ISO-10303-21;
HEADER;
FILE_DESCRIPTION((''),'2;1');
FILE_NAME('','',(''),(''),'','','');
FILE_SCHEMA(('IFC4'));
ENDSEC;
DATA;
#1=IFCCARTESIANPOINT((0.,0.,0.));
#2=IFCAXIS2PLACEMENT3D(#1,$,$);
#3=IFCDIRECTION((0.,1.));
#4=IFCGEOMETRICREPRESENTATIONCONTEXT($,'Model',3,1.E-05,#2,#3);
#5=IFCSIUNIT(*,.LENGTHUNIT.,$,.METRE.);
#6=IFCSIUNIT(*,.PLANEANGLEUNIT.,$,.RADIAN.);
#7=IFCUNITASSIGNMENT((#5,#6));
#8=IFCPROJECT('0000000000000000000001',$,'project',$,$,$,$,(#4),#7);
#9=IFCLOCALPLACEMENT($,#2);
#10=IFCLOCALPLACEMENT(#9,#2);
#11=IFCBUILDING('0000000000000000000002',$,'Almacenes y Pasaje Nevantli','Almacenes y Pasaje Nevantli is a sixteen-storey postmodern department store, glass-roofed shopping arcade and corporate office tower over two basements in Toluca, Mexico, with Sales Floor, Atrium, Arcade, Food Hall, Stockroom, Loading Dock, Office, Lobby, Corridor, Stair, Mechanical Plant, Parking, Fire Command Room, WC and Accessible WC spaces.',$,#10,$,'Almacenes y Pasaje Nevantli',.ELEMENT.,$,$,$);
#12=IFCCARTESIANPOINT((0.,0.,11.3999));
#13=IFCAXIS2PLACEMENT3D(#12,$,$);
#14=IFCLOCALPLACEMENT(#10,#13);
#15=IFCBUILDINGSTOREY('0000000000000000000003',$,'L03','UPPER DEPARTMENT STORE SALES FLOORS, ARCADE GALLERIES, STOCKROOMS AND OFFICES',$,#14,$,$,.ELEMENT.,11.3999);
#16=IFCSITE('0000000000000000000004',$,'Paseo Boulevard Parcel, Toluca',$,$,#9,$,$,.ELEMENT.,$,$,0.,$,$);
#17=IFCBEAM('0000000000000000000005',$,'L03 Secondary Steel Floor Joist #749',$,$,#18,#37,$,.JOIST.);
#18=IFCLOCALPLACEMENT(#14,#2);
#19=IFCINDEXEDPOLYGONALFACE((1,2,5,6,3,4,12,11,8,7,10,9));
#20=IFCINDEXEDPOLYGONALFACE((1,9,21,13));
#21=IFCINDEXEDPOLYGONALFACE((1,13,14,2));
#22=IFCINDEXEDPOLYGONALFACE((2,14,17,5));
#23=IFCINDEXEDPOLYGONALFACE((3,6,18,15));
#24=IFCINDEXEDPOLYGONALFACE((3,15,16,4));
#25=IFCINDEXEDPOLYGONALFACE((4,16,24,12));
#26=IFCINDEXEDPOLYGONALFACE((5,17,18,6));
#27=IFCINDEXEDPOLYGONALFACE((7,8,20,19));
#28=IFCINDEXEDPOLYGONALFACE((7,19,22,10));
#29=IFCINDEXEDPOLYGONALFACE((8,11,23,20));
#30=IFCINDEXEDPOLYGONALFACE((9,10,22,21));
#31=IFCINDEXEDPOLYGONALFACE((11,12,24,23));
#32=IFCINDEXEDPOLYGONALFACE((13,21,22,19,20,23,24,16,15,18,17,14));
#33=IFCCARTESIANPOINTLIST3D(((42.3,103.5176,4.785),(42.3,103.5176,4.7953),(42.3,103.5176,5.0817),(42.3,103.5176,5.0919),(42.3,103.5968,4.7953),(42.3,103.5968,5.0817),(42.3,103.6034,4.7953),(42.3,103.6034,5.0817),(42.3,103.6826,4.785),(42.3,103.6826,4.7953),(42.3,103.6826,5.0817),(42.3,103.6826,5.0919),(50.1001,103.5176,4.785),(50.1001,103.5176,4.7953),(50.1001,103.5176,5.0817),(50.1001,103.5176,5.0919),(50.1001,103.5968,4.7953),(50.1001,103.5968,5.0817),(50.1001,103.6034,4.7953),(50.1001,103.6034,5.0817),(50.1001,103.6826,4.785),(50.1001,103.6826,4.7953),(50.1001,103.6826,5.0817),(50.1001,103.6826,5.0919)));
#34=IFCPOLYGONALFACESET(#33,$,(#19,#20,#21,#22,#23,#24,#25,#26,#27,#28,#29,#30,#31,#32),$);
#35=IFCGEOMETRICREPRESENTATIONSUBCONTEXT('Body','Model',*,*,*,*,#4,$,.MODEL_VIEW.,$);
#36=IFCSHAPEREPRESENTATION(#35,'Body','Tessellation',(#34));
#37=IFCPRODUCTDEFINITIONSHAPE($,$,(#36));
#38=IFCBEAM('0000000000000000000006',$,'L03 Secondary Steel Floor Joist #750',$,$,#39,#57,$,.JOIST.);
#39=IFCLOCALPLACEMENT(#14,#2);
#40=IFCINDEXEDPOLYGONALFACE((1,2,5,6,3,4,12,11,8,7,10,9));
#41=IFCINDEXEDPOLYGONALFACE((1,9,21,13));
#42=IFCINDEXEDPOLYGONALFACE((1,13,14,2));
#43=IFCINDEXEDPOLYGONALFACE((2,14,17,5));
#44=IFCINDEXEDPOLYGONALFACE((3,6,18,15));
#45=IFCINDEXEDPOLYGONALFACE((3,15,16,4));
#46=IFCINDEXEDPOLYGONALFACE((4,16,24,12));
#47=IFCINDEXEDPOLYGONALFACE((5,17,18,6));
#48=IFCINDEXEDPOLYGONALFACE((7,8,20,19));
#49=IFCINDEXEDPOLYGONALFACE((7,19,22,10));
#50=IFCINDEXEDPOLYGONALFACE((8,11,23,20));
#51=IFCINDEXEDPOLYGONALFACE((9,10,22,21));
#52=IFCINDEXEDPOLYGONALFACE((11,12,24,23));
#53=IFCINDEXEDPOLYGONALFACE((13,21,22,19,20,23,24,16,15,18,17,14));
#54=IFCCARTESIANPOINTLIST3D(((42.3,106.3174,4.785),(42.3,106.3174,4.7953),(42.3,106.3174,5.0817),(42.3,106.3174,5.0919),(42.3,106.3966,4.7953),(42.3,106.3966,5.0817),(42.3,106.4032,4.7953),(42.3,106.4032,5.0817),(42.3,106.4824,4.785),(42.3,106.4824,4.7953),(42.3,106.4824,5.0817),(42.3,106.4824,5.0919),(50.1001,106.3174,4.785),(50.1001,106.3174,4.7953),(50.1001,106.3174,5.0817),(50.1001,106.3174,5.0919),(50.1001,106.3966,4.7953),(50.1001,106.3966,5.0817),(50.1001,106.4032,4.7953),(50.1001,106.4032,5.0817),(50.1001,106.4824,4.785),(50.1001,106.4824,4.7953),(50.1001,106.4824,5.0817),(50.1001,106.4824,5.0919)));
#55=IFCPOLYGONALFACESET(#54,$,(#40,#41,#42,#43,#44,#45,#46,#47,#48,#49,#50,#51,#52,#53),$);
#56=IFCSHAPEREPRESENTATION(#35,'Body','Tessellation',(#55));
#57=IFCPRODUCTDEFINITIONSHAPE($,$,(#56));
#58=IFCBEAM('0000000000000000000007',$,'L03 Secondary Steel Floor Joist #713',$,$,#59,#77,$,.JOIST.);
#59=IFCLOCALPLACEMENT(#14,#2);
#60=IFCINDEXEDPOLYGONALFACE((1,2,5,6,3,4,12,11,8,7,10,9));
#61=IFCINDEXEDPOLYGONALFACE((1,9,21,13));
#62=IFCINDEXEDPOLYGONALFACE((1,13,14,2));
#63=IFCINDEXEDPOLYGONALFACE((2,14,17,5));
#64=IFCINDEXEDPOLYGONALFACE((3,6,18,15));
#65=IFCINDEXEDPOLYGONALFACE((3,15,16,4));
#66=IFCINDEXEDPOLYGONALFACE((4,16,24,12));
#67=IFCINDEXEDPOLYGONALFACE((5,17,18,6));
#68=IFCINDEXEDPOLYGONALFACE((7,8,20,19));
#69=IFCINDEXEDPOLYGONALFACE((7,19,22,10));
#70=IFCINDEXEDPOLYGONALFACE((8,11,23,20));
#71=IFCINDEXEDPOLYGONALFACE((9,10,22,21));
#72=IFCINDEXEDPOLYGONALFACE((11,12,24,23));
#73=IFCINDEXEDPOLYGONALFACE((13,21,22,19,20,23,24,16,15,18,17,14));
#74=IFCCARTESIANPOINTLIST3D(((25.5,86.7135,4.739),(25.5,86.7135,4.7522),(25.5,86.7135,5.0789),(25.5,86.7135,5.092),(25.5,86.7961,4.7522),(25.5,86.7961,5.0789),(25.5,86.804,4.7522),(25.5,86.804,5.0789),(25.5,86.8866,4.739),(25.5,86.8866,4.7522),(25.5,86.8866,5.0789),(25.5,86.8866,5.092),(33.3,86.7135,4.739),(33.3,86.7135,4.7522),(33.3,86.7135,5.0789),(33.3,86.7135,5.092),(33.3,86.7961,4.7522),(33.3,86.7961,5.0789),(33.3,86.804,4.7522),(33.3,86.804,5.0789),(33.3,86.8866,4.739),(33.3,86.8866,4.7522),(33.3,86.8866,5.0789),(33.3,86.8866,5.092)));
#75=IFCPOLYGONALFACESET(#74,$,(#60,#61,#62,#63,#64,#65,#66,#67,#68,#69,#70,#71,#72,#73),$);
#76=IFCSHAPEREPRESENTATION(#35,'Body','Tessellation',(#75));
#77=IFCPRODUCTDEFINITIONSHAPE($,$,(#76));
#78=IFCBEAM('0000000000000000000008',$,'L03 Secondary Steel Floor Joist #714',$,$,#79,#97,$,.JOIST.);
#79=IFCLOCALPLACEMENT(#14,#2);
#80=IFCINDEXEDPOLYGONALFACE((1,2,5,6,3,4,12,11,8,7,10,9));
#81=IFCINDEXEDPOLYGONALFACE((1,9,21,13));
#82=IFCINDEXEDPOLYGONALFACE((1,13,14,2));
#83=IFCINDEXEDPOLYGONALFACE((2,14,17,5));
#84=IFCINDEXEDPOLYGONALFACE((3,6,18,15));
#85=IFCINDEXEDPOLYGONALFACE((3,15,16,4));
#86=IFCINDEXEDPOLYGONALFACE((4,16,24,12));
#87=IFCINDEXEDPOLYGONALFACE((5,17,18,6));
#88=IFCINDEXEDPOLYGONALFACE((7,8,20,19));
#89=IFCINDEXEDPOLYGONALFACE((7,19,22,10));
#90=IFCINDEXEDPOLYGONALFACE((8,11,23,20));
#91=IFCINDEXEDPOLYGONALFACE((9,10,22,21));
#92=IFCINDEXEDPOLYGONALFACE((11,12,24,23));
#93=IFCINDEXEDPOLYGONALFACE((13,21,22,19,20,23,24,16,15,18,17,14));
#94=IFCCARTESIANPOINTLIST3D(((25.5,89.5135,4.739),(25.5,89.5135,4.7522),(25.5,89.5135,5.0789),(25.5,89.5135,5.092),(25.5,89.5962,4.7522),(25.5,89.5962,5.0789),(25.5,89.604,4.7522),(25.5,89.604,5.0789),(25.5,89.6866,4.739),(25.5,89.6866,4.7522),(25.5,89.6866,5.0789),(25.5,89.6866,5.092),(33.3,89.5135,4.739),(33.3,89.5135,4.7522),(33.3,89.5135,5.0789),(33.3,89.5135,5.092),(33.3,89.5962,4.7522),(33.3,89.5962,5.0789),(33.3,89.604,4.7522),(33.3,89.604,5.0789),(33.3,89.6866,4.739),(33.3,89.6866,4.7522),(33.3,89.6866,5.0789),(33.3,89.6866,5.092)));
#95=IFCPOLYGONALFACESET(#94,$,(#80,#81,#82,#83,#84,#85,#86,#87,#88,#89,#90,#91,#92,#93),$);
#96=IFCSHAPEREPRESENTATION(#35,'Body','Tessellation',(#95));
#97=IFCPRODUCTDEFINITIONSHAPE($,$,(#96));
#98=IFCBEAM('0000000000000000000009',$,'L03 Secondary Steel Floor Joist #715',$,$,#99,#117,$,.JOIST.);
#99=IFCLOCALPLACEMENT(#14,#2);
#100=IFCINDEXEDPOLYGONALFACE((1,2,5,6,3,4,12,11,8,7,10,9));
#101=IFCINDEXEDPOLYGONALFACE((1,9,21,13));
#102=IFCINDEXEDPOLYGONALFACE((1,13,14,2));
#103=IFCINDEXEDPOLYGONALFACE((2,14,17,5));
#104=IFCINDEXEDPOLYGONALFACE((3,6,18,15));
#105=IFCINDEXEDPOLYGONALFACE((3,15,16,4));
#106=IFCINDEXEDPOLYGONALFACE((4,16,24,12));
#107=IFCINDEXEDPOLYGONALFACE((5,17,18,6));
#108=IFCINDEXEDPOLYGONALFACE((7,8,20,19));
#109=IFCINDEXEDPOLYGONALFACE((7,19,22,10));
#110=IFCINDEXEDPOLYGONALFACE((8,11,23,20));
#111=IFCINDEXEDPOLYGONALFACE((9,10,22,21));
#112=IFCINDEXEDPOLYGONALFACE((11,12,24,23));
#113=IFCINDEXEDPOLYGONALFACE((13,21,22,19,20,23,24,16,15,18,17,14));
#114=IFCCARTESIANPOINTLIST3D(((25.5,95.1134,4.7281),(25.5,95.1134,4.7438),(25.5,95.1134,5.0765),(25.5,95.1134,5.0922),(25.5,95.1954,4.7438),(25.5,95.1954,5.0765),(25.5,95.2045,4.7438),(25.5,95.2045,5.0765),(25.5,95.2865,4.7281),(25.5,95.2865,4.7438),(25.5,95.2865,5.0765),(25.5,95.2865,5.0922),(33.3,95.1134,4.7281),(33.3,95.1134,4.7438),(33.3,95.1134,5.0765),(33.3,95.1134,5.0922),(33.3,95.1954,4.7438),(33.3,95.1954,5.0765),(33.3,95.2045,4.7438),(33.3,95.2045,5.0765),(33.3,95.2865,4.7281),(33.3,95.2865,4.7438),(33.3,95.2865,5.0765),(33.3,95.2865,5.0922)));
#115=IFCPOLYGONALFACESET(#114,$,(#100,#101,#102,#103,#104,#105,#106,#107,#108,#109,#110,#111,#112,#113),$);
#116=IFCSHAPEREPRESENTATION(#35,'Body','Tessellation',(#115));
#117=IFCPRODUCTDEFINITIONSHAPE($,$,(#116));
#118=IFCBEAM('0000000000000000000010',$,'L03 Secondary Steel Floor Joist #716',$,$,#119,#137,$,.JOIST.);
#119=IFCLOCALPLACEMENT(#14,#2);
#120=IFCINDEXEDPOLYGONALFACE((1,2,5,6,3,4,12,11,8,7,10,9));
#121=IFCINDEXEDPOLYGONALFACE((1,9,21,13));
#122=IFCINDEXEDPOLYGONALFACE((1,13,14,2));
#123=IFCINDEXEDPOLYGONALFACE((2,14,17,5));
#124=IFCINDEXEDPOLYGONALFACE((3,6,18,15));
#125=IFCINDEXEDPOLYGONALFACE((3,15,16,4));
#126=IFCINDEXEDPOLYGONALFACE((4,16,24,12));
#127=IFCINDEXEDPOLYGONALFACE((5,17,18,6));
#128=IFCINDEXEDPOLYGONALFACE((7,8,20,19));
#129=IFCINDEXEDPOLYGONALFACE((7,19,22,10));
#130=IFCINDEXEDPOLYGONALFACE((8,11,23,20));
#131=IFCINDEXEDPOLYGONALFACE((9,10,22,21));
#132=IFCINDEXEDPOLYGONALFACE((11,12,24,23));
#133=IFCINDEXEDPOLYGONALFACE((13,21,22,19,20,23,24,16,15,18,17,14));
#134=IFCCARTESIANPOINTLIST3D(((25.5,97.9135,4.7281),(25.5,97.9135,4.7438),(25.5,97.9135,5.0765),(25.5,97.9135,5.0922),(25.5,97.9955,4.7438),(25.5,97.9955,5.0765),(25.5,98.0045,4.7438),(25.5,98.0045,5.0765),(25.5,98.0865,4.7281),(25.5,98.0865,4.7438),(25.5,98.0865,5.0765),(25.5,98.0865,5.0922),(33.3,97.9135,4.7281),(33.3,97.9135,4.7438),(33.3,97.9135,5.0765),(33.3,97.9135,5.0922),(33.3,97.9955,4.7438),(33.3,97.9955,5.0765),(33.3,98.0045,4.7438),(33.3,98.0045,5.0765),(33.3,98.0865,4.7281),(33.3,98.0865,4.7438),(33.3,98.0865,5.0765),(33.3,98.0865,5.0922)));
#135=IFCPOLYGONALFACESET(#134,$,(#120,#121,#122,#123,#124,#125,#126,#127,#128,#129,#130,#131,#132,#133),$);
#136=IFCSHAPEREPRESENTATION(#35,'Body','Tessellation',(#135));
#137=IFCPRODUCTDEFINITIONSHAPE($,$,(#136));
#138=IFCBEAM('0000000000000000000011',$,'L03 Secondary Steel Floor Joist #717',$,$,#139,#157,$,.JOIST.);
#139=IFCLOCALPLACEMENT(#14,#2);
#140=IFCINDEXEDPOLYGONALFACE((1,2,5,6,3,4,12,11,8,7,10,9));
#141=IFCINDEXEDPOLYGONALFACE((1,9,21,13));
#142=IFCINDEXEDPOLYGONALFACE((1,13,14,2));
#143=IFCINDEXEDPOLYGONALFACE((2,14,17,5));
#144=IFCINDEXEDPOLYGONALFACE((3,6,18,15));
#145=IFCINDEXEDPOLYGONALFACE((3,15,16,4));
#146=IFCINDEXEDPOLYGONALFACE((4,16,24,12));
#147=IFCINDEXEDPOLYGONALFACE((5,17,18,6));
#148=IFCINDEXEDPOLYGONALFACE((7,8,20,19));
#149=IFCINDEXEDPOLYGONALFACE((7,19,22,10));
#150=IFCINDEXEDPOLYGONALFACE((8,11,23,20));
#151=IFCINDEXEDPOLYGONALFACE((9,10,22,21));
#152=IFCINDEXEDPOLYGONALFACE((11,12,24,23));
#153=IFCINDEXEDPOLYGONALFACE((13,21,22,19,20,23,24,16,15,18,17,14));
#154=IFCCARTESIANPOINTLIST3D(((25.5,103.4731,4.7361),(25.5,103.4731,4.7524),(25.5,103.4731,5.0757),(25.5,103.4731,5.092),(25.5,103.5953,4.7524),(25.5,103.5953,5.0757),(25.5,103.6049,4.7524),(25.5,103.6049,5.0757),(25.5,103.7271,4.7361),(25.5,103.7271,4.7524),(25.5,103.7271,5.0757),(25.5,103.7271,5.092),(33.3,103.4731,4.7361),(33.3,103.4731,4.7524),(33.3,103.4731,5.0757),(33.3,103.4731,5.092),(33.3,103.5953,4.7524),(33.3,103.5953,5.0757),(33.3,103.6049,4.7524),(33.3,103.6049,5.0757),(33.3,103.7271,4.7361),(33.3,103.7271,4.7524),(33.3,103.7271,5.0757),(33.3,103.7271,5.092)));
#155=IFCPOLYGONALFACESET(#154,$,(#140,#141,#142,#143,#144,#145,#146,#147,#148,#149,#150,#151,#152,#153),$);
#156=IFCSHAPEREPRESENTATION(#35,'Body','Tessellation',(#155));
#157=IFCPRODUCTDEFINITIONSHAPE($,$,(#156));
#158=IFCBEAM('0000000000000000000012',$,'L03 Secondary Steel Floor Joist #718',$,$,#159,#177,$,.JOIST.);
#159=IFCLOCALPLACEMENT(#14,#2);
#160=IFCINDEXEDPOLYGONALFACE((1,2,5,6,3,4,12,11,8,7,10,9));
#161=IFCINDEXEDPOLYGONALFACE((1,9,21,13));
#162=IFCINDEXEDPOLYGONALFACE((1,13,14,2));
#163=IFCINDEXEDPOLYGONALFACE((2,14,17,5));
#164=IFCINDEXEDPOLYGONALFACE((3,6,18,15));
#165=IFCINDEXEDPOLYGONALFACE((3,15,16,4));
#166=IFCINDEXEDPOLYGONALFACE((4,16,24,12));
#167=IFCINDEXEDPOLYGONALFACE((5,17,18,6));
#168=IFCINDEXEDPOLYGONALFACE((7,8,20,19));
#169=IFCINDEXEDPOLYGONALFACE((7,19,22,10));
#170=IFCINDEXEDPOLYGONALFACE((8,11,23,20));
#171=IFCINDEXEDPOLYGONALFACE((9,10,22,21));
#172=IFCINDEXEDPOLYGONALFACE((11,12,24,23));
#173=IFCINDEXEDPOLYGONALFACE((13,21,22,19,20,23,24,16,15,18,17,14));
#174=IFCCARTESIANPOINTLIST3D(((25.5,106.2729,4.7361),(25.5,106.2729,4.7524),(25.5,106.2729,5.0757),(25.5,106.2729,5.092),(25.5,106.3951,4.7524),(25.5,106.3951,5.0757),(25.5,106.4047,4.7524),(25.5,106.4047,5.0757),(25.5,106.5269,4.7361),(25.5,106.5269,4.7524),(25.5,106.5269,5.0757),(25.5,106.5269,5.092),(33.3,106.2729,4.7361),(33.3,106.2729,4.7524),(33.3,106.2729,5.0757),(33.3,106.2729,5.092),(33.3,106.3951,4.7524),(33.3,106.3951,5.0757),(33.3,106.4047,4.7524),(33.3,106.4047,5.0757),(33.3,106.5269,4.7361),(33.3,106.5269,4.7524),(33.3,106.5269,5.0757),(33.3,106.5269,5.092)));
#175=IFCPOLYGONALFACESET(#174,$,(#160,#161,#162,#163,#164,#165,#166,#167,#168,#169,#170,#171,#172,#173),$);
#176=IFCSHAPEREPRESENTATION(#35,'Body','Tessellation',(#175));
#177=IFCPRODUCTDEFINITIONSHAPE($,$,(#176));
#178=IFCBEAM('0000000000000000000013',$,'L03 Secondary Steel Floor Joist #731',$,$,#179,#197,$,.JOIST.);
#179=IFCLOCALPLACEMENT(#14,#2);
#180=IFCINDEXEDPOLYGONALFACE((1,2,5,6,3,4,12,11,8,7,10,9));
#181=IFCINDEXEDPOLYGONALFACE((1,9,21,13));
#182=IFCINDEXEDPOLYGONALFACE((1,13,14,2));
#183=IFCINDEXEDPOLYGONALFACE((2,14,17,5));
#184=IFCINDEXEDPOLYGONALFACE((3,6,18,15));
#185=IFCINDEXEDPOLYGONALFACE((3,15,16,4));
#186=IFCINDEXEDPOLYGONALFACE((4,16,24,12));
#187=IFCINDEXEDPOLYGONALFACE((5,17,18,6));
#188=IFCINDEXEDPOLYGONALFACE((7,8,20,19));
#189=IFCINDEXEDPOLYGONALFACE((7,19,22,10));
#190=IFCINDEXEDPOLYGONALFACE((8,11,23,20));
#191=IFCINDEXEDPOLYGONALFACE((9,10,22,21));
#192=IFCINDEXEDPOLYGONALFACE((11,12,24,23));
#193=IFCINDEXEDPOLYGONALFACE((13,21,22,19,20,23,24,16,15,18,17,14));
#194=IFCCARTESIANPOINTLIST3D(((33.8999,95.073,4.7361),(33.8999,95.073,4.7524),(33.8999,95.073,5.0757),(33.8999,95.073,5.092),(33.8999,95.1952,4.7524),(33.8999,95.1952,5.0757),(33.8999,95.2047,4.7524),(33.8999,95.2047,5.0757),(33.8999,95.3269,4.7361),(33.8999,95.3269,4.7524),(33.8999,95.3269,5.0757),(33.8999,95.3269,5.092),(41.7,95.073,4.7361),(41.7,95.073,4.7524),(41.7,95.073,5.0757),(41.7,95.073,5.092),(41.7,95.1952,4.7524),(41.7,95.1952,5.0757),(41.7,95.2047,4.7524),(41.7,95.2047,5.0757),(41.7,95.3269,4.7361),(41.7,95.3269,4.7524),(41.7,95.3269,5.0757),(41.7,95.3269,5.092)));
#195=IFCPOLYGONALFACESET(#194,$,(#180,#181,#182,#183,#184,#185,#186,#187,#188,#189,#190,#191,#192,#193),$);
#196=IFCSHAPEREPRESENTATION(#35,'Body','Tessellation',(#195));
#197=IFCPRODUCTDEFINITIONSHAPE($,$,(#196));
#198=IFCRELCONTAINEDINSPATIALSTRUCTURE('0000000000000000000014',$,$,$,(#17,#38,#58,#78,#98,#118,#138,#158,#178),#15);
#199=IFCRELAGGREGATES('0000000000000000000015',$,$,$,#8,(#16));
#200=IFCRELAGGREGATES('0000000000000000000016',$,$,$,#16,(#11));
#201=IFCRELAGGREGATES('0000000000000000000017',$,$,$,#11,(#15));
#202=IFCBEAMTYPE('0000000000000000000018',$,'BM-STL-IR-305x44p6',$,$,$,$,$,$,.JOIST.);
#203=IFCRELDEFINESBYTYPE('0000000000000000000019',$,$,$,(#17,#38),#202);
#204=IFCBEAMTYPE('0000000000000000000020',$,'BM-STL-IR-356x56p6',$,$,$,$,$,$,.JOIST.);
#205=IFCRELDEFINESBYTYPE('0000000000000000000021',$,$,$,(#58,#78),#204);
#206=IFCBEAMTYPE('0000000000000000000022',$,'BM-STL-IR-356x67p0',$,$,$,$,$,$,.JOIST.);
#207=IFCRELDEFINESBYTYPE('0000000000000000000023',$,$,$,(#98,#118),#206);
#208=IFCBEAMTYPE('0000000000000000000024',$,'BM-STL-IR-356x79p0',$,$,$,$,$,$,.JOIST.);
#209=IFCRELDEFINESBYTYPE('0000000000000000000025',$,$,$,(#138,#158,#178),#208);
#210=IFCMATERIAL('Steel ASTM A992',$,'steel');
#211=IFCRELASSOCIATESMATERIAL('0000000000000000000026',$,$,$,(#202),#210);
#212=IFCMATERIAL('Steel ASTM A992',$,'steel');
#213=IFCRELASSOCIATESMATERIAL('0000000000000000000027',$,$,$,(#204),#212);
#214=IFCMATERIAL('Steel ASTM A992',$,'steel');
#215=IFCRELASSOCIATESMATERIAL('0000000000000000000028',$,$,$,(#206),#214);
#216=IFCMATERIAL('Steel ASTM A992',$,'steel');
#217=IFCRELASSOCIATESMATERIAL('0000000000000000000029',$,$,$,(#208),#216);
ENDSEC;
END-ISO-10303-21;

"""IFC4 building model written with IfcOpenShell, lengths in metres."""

from ifc_helpers import new_model, si_unit, direction, frame, origin, origin_2d, place, context, subcontext, project, spatial, i_section, extrude, material, material_profile, profile_set, type_object, element, save


model = new_model("IFC4")

# Units and contexts
model_context = context("Model", 3, precision=1e-05, world=origin(), true_north=direction((0.0, 1.0)))
body_context = subcontext(model_context, "Body", "Model", "MODEL_VIEW")
ifc_project = project(units=[si_unit("LENGTHUNIT", "METRE"), si_unit("PLANEANGLEUNIT", "RADIAN")], contexts=[model_context])

# Site, building, storey
site_placement = place(None, origin())
site = spatial("IfcSite", under=ifc_project, at=site_placement, Name="Paseo Boulevard Parcel, Toluca", CompositionType="ELEMENT", RefElevation=0.0)
building_placement = place(site_placement, origin())
building = spatial("IfcBuilding", under=site, at=building_placement, Name="Almacenes y Pasaje Nevantli", Description="Almacenes y Pasaje Nevantli is a sixteen-storey postmodern department store, glass-roofed shopping arcade and corporate office tower over two basements in Toluca, Mexico, with Sales Floor, Atrium, Arcade, Food Hall, Stockroom, Loading Dock, Office, Lobby, Corridor, Stair, Mechanical Plant, Parking, Fire Command Room, WC and Accessible WC spaces.", LongName="Almacenes y Pasaje Nevantli", CompositionType="ELEMENT")
storey_placement = place(building_placement, frame((0.0, 0.0, 11.3999)))
storey = spatial("IfcBuildingStorey", under=building, at=storey_placement, Name="L03", Description="UPPER DEPARTMENT STORE SALES FLOORS, ARCADE GALLERIES, STOCKROOMS AND OFFICES", CompositionType="ELEMENT", Elevation=11.3999)

# Beams
ifc_material_1 = material(Name="Steel ASTM A992", Category="steel")
ifc_material_profile_1 = material_profile(ifc_material_1, i_section(OverallWidth=0.165, OverallDepth=0.3069, WebThickness=0.0066, FlangeThickness=0.0103, at=origin_2d()), Name="IR 305x44.6")
ifc_profile_set_1 = profile_set([ifc_material_profile_1], Name="Steel ASTM A992")
beam_type_1 = type_object("IfcBeamType", Name="BM-STL-IR-305x44p6", PredefinedType="JOIST", material=ifc_profile_set_1)
for number, where, z_axis, x_axis, name in (
    (1, (42.3, 103.6001, 4.9385), (1.0, 0.0, 0.0), (0.0, 1.0, 0.0), "L03 Secondary Steel Floor Joist #749"),
    (2, (42.3, 106.3999, 4.9385), (1.0, 0.0, 0.0), (0.0, 1.0, 0.0), "L03 Secondary Steel Floor Joist #750"),
):
    element("IfcBeam", number, at=place(storey_placement, frame(where, z_axis=z_axis, x_axis=x_axis)), inside=storey, type_object=beam_type_1, Name=name, PredefinedType="JOIST", context=body_context, shape_type="SweptSolid", body=[
        extrude(i_section(OverallWidth=0.165, OverallDepth=0.3069, WebThickness=0.0066, FlangeThickness=0.0103, at=origin_2d()), origin(), (0.0, 0.0, 1.0), 7.8),
    ])
ifc_material_2 = material(Name="Steel ASTM A992", Category="steel")
ifc_material_profile_2 = material_profile(ifc_material_2, i_section(OverallWidth=0.1731, OverallDepth=0.353, WebThickness=0.0078, FlangeThickness=0.0132, at=origin_2d()), Name="IR 356x56.6")
ifc_profile_set_2 = profile_set([ifc_material_profile_2], Name="Steel ASTM A992")
beam_type_2 = type_object("IfcBeamType", Name="BM-STL-IR-356x56p6", PredefinedType="JOIST", material=ifc_profile_set_2)
for number, where, z_axis, x_axis, name in (
    (3, (25.5, 86.8, 4.9155), (1.0, 0.0, 0.0), (0.0, 1.0, 0.0), "L03 Secondary Steel Floor Joist #713"),
    (4, (25.5, 89.6001, 4.9155), (1.0, 0.0, 0.0), (0.0, 1.0, 0.0), "L03 Secondary Steel Floor Joist #714"),
):
    element("IfcBeam", number, at=place(storey_placement, frame(where, z_axis=z_axis, x_axis=x_axis)), inside=storey, type_object=beam_type_2, Name=name, PredefinedType="JOIST", context=body_context, shape_type="SweptSolid", body=[
        extrude(i_section(OverallWidth=0.1731, OverallDepth=0.353, WebThickness=0.0078, FlangeThickness=0.0132, at=origin_2d()), origin(), (0.0, 0.0, 1.0), 7.8),
    ])
ifc_material_3 = material(Name="Steel ASTM A992", Category="steel")
ifc_material_profile_3 = material_profile(ifc_material_3, i_section(OverallWidth=0.1731, OverallDepth=0.364, WebThickness=0.009, FlangeThickness=0.0156, at=origin_2d()), Name="IR 356x67.0")
ifc_profile_set_3 = profile_set([ifc_material_profile_3], Name="Steel ASTM A992")
beam_type_3 = type_object("IfcBeamType", Name="BM-STL-IR-356x67p0", PredefinedType="JOIST", material=ifc_profile_set_3)
for number, where, z_axis, x_axis, name in (
    (5, (25.5, 95.2, 4.9102), (1.0, 0.0, 0.0), (0.0, 1.0, 0.0), "L03 Secondary Steel Floor Joist #715"),
    (6, (25.5, 98.0, 4.9102), (1.0, 0.0, 0.0), (0.0, 1.0, 0.0), "L03 Secondary Steel Floor Joist #716"),
):
    element("IfcBeam", number, at=place(storey_placement, frame(where, z_axis=z_axis, x_axis=x_axis)), inside=storey, type_object=beam_type_3, Name=name, PredefinedType="JOIST", context=body_context, shape_type="SweptSolid", body=[
        extrude(i_section(OverallWidth=0.1731, OverallDepth=0.364, WebThickness=0.009, FlangeThickness=0.0156, at=origin_2d()), origin(), (0.0, 0.0, 1.0), 7.8),
    ])
ifc_material_4 = material(Name="Steel ASTM A992", Category="steel")
ifc_material_profile_4 = material_profile(ifc_material_4, i_section(OverallWidth=0.2539, OverallDepth=0.356, WebThickness=0.0095, FlangeThickness=0.0164, at=origin_2d()), Name="IR 356x79.0")
ifc_profile_set_4 = profile_set([ifc_material_profile_4], Name="Steel ASTM A992")
beam_type_4 = type_object("IfcBeamType", Name="BM-STL-IR-356x79p0", PredefinedType="JOIST", material=ifc_profile_set_4)
for number, where, z_axis, x_axis, name in (
    (7, (25.5, 103.6001, 4.9141), (1.0, 0.0, 0.0), (0.0, 1.0, 0.0), "L03 Secondary Steel Floor Joist #717"),
    (8, (25.5, 106.3999, 4.9141), (1.0, 0.0, 0.0), (0.0, 1.0, 0.0), "L03 Secondary Steel Floor Joist #718"),
    (9, (33.8999, 95.2, 4.9141), (1.0, 0.0, 0.0), (0.0, 1.0, 0.0), "L03 Secondary Steel Floor Joist #731"),
):
    element("IfcBeam", number, at=place(storey_placement, frame(where, z_axis=z_axis, x_axis=x_axis)), inside=storey, type_object=beam_type_4, Name=name, PredefinedType="JOIST", context=body_context, shape_type="SweptSolid", body=[
        extrude(i_section(OverallWidth=0.2539, OverallDepth=0.356, WebThickness=0.0095, FlangeThickness=0.0164, at=origin_2d()), origin(), (0.0, 0.0, 1.0), 7.8),
    ])

save(model, "model.ifc")
